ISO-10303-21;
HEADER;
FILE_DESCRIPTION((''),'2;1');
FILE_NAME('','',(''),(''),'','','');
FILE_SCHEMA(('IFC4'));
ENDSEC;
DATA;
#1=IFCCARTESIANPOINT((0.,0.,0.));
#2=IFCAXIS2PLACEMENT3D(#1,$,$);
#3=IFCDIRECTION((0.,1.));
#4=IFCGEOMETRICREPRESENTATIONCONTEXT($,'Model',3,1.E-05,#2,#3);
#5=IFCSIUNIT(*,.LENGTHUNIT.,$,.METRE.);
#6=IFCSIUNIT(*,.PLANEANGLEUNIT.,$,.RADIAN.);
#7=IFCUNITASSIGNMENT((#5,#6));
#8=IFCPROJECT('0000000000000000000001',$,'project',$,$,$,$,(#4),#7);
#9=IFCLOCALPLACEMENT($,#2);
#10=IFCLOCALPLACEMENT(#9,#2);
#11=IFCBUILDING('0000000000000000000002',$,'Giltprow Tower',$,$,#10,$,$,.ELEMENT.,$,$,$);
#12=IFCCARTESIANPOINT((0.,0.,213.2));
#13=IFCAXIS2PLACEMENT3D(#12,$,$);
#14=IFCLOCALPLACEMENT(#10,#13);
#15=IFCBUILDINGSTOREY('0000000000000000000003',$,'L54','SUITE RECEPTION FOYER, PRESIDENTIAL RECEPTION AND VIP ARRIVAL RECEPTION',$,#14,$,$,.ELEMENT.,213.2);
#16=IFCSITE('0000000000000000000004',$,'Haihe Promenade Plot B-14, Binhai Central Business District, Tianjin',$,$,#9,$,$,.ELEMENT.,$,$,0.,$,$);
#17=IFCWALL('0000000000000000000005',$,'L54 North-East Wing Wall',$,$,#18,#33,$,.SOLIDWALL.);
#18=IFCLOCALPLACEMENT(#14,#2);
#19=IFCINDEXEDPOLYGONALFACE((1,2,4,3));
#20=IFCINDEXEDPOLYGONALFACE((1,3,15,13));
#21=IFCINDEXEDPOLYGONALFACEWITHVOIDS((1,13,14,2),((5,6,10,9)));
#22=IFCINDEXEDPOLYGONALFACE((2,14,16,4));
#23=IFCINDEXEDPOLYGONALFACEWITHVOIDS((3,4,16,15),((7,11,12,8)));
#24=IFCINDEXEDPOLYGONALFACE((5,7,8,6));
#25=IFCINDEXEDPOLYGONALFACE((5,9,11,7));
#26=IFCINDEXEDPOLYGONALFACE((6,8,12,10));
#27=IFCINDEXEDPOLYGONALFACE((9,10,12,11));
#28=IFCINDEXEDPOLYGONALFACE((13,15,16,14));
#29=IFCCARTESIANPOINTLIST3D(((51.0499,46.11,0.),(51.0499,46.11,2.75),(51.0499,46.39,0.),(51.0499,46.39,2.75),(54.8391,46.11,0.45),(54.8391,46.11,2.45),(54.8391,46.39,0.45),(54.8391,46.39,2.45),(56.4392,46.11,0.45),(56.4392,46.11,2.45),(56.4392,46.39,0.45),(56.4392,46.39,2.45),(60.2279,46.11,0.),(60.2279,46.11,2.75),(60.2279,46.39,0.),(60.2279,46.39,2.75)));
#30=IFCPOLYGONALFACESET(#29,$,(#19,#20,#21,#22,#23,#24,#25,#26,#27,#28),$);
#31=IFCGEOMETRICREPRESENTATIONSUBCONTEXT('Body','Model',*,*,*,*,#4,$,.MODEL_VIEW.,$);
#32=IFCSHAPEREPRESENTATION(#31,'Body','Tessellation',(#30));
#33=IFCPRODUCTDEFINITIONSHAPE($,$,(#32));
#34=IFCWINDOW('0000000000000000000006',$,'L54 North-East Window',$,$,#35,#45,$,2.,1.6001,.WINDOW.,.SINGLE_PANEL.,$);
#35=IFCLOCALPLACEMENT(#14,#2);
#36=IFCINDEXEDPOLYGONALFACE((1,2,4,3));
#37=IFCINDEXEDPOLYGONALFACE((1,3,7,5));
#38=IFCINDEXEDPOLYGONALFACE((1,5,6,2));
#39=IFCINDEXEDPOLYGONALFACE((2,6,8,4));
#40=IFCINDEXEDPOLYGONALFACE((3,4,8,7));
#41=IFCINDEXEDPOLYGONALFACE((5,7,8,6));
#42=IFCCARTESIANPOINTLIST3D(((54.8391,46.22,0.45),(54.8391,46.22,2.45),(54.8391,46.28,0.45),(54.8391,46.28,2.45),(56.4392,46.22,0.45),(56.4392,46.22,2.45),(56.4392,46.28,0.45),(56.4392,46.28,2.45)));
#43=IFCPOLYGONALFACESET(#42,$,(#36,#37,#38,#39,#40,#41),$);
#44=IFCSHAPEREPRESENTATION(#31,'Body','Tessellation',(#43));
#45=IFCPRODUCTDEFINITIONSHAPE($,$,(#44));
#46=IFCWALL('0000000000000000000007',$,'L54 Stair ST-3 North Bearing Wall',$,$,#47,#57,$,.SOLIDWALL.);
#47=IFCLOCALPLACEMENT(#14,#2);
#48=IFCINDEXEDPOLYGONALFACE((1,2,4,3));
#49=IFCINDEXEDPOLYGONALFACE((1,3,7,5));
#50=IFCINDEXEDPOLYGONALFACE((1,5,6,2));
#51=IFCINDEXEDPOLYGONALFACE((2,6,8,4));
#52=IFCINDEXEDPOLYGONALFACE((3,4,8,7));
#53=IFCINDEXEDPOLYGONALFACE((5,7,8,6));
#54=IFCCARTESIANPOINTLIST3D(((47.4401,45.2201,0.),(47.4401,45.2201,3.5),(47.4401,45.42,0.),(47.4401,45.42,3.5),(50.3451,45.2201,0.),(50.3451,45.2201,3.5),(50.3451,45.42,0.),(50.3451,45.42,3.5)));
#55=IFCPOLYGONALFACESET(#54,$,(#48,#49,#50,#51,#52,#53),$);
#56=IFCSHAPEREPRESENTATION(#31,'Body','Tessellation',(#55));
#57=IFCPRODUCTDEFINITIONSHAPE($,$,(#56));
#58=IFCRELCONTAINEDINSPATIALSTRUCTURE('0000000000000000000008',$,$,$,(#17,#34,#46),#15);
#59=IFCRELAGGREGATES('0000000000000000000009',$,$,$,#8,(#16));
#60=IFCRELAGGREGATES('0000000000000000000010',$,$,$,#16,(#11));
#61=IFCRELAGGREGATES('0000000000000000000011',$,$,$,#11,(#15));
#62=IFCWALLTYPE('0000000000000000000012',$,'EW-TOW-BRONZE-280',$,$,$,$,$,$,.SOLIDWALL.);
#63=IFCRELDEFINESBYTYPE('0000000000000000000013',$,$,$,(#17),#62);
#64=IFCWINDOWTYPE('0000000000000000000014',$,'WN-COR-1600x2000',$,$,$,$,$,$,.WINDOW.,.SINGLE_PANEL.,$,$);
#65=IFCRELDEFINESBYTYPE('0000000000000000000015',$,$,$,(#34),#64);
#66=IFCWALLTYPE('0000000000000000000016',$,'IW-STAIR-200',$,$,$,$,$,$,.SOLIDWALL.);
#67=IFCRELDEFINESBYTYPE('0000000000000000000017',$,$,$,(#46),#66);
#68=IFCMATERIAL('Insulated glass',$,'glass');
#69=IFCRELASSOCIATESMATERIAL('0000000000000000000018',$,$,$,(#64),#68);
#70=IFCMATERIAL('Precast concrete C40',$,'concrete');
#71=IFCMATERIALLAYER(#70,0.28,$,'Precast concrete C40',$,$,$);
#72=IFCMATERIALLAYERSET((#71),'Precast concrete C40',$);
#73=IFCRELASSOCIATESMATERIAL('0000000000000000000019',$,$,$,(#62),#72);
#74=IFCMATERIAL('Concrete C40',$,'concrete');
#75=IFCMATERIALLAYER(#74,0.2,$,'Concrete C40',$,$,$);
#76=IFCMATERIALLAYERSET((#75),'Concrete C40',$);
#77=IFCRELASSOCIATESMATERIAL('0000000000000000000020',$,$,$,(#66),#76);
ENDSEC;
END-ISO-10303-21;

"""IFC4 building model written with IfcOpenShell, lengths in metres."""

from ifc_helpers import new_model, si_unit, direction, frame, frame_2d, origin, place, context, subcontext, project, spatial, rectangle, extrude, source, transform, mapped, material, layer, layer_set, type_object, element, fill, save


model = new_model("IFC4")

# Units and contexts
model_context = context("Model", 3, precision=1e-05, world=origin(), true_north=direction((0.0, 1.0)))
body_context = subcontext(model_context, "Body", "Model", "MODEL_VIEW")
ifc_project = project(units=[si_unit("LENGTHUNIT", "METRE"), si_unit("PLANEANGLEUNIT", "RADIAN")], contexts=[model_context])

# Site, building, storey
site_placement = place(None, origin())
site = spatial("IfcSite", under=ifc_project, at=site_placement, Name="Haihe Promenade Plot B-14, Binhai Central Business District, Tianjin", CompositionType="ELEMENT", RefElevation=0.0)
building_placement = place(site_placement, origin())
building = spatial("IfcBuilding", under=site, at=building_placement, Name="Giltprow Tower", CompositionType="ELEMENT")
storey_placement = place(building_placement, frame((0.0, 0.0, 213.2)))
storey = spatial("IfcBuildingStorey", under=building, at=storey_placement, Name="L54", Description="SUITE RECEPTION FOYER, PRESIDENTIAL RECEPTION AND VIP ARRIVAL RECEPTION", CompositionType="ELEMENT", Elevation=213.2)

# Wall, opening, window
ifc_material_1 = material(Name="Precast concrete C40", Category="concrete")
ifc_material_2 = material(Name="Insulated glass", Category="glass")
window_type = type_object("IfcWindowType", Name="WN-COR-1600x2000", PartitioningType="SINGLE_PANEL", PredefinedType="WINDOW", material=ifc_material_2)
shared_shape_1 = source(origin(), body_context, "Body", "SweptSolid", [
    extrude(rectangle(XDim=1.6001, YDim=2.0, at=frame_2d((0.8, 1.0))), frame((0.0, 0.03, 0.0), z_axis=(0.0, -1.0, 0.0), x_axis=(1.0, 0.0, 0.0)), (0.0, 0.0, 1.0), 0.0601),
])
ifc_layer_1 = layer(ifc_material_1, 0.28, Name="Precast concrete C40")
ifc_layer_set_1 = layer_set([ifc_layer_1], Name="Precast concrete C40")
wall_type_1 = type_object("IfcWallType", Name="EW-TOW-BRONZE-280", PredefinedType="SOLIDWALL", material=ifc_layer_set_1)
wall_1_placement = place(storey_placement, frame((51.05, 46.25, 0.0), z_axis=(0.0, 0.0, 1.0), x_axis=(1.0, 0.0, 0.0)))
wall_1 = element("IfcWall", 1, at=wall_1_placement, inside=storey, type_object=wall_type_1, Name="L54 North-East Wing Wall", PredefinedType="SOLIDWALL", context=body_context, shape_type="SweptSolid", body=[
    extrude(rectangle(XDim=9.178, YDim=0.28, at=frame_2d((4.5889, 0.0))), origin(), (0.0, 0.0, 1.0), 2.75),
])
opening_1_placement = place(wall_1_placement, frame((3.7891, 0.0, 0.45)))
opening_1 = element("IfcOpeningElement", 2, at=opening_1_placement, cuts=wall_1, PredefinedType="OPENING", context=body_context, shape_type="SweptSolid", body=[
    extrude(rectangle(XDim=1.6001, YDim=2.0, at=frame_2d((0.8, 1.0))), frame((0.0, 0.1499, 0.0), z_axis=(0.0, -1.0, 0.0), x_axis=(1.0, 0.0, 0.0)), (0.0, 0.0, 1.0), 0.3),
])
window_1_placement = place(opening_1_placement, origin())
window_1 = element("IfcWindow", 3, at=window_1_placement, inside=storey, type_object=window_type, Name="L54 North-East Window", OverallHeight=2.0, OverallWidth=1.6001, PartitioningType="SINGLE_PANEL", PredefinedType="WINDOW", context=body_context, shape_type="MappedRepresentation", body=[
    mapped(shared_shape_1, transform((0.0, 0.0, 0.0), x_axis=(1.0, 0.0, 0.0), y_axis=(0.0, 1.0, 0.0), z_axis=(0.0, 0.0, 1.0), scale=1.0)),
])
fill(opening_1, window_1)

# Wall
ifc_material_3 = material(Name="Concrete C40", Category="concrete")
ifc_layer_2 = layer(ifc_material_3, 0.2, Name="Concrete C40")
ifc_layer_set_2 = layer_set([ifc_layer_2], Name="Concrete C40")
wall_type_2 = type_object("IfcWallType", Name="IW-STAIR-200", PredefinedType="SOLIDWALL", material=ifc_layer_set_2)
wall_2_placement = place(storey_placement, frame((47.4399, 45.3201, 0.0), z_axis=(0.0, 0.0, 1.0), x_axis=(1.0, 0.0, 0.0)))
element("IfcWall", 4, at=wall_2_placement, inside=storey, type_object=wall_type_2, Name="L54 Stair ST-3 North Bearing Wall", PredefinedType="SOLIDWALL", context=body_context, shape_type="SweptSolid", body=[
    extrude(rectangle(XDim=2.905, YDim=0.2, at=frame_2d((1.4526, 0.0))), origin(), (0.0, 0.0, 1.0), 3.5),
])

save(model, "model.ifc")
